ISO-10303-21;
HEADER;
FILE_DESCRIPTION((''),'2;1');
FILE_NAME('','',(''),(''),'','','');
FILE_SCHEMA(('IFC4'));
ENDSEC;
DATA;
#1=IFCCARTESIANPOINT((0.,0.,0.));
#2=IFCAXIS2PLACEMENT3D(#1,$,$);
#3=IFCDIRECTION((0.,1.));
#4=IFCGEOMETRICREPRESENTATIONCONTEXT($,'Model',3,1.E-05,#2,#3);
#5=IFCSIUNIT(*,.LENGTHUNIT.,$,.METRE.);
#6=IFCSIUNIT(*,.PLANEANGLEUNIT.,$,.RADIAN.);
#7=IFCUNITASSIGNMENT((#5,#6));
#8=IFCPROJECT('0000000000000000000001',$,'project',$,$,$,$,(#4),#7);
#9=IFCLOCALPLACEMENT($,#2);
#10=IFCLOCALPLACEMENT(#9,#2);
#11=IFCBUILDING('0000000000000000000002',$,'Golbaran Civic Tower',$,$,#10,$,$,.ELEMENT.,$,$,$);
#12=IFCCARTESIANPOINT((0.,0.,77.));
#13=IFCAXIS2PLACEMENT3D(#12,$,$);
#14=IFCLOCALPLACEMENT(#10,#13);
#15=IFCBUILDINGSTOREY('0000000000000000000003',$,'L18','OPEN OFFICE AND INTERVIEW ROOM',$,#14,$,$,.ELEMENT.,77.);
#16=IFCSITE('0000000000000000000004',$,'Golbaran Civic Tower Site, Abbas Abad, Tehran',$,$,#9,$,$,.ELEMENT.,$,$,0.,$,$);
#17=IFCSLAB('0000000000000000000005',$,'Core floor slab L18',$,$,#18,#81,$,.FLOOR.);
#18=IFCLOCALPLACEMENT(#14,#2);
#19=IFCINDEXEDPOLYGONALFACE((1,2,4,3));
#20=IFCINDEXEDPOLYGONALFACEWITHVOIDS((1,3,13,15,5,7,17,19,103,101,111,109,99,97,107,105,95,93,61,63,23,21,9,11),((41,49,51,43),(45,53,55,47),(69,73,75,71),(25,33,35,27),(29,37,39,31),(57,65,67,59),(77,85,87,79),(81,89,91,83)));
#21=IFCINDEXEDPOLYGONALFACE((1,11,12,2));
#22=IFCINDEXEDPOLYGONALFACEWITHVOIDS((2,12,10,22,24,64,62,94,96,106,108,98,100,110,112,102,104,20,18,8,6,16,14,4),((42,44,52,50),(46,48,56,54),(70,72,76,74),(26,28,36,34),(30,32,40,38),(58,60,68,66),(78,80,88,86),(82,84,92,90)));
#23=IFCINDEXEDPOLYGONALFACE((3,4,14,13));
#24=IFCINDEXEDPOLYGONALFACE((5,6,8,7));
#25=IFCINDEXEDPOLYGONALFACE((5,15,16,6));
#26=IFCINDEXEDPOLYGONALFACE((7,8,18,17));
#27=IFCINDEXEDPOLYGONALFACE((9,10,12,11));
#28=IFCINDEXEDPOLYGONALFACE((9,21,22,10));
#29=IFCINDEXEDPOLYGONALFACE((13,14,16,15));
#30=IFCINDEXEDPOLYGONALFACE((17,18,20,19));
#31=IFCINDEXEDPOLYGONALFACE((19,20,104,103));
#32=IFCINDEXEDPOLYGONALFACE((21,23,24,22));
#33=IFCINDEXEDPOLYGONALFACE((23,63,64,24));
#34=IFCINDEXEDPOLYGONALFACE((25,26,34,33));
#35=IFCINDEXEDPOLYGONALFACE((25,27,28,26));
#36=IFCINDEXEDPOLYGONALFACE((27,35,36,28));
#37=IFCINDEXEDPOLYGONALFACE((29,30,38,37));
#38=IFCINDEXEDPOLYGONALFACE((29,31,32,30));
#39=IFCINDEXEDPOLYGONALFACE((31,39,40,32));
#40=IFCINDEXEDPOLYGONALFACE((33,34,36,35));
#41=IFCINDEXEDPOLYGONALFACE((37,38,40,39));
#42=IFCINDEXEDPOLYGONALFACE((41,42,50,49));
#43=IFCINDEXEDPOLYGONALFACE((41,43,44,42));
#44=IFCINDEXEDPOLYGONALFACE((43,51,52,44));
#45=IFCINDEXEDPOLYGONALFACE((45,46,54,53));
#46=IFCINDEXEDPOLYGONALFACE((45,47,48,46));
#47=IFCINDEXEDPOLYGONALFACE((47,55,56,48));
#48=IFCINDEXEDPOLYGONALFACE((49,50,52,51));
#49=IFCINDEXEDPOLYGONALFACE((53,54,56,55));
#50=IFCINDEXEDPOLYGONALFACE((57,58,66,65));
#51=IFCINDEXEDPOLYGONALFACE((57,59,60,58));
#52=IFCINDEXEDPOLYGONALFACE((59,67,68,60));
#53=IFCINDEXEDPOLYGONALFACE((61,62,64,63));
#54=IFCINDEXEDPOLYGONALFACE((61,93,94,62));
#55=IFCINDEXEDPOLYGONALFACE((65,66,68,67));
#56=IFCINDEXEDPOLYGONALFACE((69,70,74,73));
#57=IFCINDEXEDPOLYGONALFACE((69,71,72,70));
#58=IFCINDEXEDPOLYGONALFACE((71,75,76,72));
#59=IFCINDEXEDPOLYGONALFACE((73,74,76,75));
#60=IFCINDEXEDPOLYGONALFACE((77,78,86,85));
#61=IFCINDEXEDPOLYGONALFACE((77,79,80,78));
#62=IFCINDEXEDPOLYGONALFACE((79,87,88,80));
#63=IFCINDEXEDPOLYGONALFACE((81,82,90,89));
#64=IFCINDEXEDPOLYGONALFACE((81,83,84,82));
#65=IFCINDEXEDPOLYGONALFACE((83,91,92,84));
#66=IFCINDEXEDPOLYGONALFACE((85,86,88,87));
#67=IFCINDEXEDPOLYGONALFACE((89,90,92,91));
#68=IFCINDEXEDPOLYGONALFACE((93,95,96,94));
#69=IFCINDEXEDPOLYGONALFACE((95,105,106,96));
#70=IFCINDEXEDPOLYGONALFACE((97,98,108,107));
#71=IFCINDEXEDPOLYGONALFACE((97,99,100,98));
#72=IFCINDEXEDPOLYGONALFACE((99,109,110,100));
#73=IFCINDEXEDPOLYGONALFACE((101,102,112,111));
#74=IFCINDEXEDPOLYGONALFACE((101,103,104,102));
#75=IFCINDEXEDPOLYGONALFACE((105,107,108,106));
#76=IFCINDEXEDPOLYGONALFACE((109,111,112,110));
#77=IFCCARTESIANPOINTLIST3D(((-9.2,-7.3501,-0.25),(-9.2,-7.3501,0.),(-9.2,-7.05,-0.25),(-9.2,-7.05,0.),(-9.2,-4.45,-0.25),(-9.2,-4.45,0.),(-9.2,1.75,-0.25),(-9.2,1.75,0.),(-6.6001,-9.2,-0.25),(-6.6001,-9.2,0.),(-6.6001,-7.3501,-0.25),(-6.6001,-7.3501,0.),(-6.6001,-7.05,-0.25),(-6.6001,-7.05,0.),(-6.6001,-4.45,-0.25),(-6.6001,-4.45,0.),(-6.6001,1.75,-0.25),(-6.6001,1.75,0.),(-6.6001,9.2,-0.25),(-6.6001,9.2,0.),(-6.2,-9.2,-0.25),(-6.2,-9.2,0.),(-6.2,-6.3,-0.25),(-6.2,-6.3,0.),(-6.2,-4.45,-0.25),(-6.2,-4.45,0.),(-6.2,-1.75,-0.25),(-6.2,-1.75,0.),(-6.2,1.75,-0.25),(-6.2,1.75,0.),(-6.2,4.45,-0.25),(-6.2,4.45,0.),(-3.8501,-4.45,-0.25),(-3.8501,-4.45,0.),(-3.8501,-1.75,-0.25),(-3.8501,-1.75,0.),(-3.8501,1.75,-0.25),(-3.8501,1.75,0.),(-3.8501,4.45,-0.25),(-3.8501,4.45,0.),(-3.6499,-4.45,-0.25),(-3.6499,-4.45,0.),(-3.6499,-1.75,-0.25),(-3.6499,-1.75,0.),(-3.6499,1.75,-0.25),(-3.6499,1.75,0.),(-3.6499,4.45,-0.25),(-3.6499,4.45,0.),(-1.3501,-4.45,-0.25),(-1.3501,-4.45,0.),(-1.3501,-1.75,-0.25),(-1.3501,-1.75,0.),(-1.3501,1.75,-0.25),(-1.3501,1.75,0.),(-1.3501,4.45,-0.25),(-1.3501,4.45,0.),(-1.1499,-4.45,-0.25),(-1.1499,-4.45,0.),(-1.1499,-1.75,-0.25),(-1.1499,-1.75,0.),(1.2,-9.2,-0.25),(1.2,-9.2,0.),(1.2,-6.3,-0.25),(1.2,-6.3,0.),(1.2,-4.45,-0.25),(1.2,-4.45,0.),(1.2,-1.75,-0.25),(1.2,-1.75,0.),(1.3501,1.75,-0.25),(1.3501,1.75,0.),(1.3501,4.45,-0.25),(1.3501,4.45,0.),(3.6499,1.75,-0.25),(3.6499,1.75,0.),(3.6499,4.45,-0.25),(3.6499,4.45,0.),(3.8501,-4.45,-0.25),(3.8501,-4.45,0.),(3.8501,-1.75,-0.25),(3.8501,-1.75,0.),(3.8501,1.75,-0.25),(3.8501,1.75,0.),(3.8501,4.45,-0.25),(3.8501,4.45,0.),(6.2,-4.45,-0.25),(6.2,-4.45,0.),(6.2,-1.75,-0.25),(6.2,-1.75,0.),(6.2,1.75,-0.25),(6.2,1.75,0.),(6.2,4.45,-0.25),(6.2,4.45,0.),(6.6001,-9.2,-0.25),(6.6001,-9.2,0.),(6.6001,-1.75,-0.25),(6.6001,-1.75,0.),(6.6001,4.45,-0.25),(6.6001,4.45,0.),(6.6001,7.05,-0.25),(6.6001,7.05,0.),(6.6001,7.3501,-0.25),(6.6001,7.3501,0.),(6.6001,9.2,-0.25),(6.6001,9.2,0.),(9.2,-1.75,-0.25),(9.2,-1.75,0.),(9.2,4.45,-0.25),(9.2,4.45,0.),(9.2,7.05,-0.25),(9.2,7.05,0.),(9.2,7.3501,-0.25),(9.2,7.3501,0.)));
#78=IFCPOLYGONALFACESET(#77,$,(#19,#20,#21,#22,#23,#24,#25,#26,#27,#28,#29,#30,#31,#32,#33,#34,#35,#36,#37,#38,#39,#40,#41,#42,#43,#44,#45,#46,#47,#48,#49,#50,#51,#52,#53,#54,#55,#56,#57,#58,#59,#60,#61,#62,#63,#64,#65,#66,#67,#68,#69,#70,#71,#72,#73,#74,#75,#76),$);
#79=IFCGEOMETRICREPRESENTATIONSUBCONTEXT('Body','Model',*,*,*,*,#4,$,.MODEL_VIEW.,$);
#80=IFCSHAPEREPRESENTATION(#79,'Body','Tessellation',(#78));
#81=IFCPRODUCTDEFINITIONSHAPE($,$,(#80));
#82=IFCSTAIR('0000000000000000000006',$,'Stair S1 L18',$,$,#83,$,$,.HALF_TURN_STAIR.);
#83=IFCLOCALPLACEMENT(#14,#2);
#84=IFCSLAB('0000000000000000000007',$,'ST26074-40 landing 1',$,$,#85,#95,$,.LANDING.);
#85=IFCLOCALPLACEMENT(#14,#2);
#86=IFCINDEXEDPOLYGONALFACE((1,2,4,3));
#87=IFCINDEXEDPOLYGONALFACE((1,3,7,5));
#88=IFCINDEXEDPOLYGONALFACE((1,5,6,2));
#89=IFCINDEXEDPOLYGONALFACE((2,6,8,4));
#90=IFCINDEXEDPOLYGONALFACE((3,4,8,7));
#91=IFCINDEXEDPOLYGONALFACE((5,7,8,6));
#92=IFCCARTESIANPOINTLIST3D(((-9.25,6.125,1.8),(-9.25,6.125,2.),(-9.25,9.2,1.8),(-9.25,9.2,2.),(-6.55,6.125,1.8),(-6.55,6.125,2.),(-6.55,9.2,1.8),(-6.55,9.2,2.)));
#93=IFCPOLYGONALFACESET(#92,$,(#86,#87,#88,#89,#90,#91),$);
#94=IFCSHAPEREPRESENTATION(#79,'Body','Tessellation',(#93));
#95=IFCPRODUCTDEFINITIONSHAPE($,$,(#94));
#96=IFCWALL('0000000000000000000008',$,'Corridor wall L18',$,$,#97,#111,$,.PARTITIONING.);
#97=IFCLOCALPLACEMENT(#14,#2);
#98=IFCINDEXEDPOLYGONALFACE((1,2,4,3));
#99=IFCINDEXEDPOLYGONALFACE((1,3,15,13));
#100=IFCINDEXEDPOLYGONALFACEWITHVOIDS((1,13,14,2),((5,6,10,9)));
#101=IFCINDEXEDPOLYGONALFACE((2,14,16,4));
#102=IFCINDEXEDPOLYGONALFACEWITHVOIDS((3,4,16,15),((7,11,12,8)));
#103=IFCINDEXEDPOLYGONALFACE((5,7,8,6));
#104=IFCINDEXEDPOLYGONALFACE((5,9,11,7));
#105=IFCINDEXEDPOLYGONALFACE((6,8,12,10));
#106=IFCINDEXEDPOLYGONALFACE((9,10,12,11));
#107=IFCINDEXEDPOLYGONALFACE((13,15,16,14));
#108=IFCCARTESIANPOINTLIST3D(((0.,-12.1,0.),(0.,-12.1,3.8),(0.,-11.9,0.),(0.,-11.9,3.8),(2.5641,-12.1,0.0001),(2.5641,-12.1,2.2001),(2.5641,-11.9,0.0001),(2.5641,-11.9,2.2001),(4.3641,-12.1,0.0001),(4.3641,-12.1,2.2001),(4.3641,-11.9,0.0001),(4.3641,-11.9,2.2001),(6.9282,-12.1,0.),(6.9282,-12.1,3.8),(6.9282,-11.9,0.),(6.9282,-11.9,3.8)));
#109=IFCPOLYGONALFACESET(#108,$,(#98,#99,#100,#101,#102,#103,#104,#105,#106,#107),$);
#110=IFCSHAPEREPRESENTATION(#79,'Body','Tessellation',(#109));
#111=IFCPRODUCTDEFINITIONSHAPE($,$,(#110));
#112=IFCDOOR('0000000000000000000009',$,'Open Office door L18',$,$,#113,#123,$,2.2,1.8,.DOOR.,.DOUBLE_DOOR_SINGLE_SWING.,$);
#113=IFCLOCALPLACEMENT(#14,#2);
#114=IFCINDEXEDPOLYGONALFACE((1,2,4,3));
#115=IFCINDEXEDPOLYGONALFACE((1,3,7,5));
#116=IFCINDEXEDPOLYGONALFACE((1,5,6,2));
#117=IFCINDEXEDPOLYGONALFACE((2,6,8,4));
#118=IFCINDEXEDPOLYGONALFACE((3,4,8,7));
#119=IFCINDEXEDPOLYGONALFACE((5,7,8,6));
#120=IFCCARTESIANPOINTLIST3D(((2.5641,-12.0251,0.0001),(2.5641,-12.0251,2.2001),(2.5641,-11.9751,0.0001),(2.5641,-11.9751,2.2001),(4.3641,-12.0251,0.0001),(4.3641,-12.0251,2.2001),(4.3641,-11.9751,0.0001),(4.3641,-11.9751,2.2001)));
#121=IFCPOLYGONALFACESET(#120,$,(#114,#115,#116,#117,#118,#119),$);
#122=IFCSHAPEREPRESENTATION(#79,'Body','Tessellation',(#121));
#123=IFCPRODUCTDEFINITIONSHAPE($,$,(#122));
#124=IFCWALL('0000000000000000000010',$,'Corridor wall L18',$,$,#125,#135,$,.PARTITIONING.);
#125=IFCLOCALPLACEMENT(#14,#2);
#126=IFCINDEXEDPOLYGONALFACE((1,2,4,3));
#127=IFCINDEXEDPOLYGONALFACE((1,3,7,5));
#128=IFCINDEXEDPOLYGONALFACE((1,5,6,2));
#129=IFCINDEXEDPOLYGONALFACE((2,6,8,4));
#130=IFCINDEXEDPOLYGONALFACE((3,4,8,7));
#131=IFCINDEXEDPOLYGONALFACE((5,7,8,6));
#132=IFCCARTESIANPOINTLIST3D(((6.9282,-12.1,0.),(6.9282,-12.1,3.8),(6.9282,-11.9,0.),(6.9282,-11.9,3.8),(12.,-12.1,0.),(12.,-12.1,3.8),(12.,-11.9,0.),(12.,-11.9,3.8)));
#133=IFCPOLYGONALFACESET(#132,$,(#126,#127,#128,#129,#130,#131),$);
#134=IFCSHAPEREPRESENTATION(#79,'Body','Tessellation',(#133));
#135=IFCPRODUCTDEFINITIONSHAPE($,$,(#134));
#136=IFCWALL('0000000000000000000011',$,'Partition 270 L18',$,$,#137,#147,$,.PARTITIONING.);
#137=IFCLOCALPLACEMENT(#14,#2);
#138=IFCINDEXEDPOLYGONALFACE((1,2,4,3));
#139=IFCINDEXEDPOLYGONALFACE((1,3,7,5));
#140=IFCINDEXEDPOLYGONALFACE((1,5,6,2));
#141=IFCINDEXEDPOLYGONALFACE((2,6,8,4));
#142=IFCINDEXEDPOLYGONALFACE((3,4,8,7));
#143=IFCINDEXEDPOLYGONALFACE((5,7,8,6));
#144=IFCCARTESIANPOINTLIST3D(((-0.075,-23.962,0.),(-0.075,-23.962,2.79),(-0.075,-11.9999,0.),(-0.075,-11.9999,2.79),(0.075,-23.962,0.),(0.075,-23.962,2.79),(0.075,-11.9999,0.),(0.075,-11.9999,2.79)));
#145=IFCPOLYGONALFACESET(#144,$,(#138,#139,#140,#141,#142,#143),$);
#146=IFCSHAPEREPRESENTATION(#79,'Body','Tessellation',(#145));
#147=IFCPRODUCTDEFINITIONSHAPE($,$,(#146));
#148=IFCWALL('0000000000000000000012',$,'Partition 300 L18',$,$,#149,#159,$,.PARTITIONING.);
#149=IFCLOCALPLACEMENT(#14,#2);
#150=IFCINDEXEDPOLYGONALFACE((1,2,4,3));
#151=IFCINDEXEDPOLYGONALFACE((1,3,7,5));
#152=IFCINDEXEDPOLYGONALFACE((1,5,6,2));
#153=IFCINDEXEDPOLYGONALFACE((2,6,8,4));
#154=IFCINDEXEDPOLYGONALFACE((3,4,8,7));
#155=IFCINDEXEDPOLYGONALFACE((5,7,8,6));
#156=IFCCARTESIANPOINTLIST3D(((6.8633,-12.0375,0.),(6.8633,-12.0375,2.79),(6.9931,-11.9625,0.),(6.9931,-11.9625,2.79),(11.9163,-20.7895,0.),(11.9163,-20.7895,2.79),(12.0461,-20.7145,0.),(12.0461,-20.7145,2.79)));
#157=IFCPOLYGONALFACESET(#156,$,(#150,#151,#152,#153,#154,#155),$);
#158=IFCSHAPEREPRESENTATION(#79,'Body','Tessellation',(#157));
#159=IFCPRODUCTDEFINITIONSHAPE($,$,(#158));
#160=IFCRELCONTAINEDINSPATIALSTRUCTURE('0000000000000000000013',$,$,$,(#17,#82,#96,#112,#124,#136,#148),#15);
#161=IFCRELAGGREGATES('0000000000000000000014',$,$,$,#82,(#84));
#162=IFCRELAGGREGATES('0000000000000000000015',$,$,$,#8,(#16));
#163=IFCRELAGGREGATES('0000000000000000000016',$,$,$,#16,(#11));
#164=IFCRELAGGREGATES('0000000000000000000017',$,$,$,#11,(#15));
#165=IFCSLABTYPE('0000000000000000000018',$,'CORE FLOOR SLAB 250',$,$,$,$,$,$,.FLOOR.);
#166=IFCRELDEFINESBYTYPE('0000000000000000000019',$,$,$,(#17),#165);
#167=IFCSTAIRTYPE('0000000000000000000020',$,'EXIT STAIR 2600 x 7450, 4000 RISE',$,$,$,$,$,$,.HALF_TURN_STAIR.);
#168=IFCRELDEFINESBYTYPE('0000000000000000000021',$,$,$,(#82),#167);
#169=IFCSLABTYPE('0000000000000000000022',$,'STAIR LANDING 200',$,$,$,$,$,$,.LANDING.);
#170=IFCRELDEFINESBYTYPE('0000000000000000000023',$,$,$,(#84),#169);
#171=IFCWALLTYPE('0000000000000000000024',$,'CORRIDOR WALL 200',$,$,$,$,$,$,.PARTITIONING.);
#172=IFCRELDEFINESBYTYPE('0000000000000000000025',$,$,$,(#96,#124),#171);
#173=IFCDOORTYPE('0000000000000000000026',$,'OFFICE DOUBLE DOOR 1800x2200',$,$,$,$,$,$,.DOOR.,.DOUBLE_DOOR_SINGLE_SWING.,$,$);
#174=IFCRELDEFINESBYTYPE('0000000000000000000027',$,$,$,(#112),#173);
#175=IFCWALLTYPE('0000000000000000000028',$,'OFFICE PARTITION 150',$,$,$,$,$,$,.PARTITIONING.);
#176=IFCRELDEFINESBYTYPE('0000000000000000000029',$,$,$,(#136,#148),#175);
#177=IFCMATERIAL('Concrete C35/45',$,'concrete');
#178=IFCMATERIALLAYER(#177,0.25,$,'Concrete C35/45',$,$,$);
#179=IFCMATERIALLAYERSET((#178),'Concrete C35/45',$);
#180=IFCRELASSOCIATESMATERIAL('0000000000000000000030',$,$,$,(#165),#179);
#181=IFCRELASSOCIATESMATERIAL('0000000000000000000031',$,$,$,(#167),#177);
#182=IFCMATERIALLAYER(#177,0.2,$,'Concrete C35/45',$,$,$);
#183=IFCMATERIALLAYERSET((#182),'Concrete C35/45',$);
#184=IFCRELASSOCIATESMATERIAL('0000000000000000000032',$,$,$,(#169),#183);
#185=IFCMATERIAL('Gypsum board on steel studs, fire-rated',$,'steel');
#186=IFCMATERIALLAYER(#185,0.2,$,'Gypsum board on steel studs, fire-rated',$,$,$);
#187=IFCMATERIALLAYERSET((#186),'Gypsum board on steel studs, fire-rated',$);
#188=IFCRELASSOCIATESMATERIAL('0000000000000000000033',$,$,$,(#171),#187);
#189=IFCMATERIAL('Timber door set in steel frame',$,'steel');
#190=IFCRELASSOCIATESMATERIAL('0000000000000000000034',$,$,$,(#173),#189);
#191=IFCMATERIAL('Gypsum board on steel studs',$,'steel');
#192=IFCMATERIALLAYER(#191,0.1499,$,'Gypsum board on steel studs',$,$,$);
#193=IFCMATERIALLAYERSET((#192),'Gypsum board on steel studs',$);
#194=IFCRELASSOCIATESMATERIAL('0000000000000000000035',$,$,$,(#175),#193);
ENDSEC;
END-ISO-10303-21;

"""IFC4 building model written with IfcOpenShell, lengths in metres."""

from ifc_helpers import new_model, si_unit, direction, frame, frame_2d, origin, place, context, subcontext, project, spatial, polyline, rectangle, outline, extrude, material, layer, layer_set, type_object, element, fill, aggregate, save


model = new_model("IFC4")

# Units and contexts
model_context = context("Model", 3, precision=1e-05, world=origin(), true_north=direction((0.0, 1.0)))
body_context = subcontext(model_context, "Body", "Model", "MODEL_VIEW")
ifc_project = project(units=[si_unit("LENGTHUNIT", "METRE"), si_unit("PLANEANGLEUNIT", "RADIAN")], contexts=[model_context])

# Site, building, storey
site_placement = place(None, origin())
site = spatial("IfcSite", under=ifc_project, at=site_placement, Name="Golbaran Civic Tower Site, Abbas Abad, Tehran", CompositionType="ELEMENT", RefElevation=0.0)
building_placement = place(site_placement, origin())
building = spatial("IfcBuilding", under=site, at=building_placement, Name="Golbaran Civic Tower", CompositionType="ELEMENT")
storey_placement = place(building_placement, frame((0.0, 0.0, 77.0)))
storey = spatial("IfcBuildingStorey", under=building, at=storey_placement, Name="L18", Description="OPEN OFFICE AND INTERVIEW ROOM", CompositionType="ELEMENT", Elevation=77.0)

# Slab
ifc_material_1 = material(Name="Concrete C35/45", Category="concrete")
ifc_layer_1 = layer(ifc_material_1, 0.25, Name="Concrete C35/45")
ifc_layer_set_1 = layer_set([ifc_layer_1], Name="Concrete C35/45")
slab_type_1 = type_object("IfcSlabType", Name="CORE FLOOR SLAB 250", PredefinedType="FLOOR", material=ifc_layer_set_1)
slab_1_placement = place(storey_placement, frame((0.0, 0.0, -0.25)))
element("IfcSlab", 1, at=slab_1_placement, inside=storey, type_object=slab_type_1, Name="Core floor slab L18", PredefinedType="FLOOR", context=body_context, shape_type="SweptSolid", body=[
    extrude(outline(polyline([(6.6001, -1.75), (6.6001, -9.2), (1.2, -9.2), (1.2, -6.3), (-6.2, -6.3), (-6.2, -9.2), (-6.6001, -9.2), (-6.6001, -7.3501), (-9.2, -7.3501), (-9.2, -7.05), (-6.6001, -7.05), (-6.6001, -4.45), (-9.2, -4.45), (-9.2, 1.75), (-6.6001, 1.75), (-6.6001, 9.2), (6.6001, 9.2), (6.6001, 7.3501), (9.2, 7.3501), (9.2, 7.05), (6.6001, 7.05), (6.6001, 4.45), (9.2, 4.45), (9.2, -1.75), (6.6001, -1.75)]), holes=[polyline([(6.2, -1.75), (3.8501, -1.75), (3.8501, -4.45), (6.2, -4.45), (6.2, -1.75)]), polyline([(6.2, 4.45), (3.8501, 4.45), (3.8501, 1.75), (6.2, 1.75), (6.2, 4.45)]), polyline([(3.6499, 4.45), (1.3501, 4.45), (1.3501, 1.75), (3.6499, 1.75), (3.6499, 4.45)]), polyline([(1.2, -1.75), (-1.1499, -1.75), (-1.1499, -4.45), (1.2, -4.45), (1.2, -1.75)]), polyline([(-1.3501, 4.45), (-3.6499, 4.45), (-3.6499, 1.75), (-1.3501, 1.75), (-1.3501, 4.45)]), polyline([(-1.3501, -1.75), (-3.6499, -1.75), (-3.6499, -4.45), (-1.3501, -4.45), (-1.3501, -1.75)]), polyline([(-3.8501, -1.75), (-6.2, -1.75), (-6.2, -4.45), (-3.8501, -4.45), (-3.8501, -1.75)]), polyline([(-3.8501, 4.45), (-6.2, 4.45), (-6.2, 1.75), (-3.8501, 1.75), (-3.8501, 4.45)])]), origin(), (0.0, 0.0, 1.0), 0.25),
])

# Stair, slab
stair_type = type_object("IfcStairType", Name="EXIT STAIR 2600 x 7450, 4000 RISE", PredefinedType="HALF_TURN_STAIR", material=ifc_material_1)
stair_placement = place(storey_placement, origin())
stair = element("IfcStair", 2, at=stair_placement, inside=storey, type_object=stair_type, Name="Stair S1 L18", PredefinedType="HALF_TURN_STAIR")
ifc_layer_2 = layer(ifc_material_1, 0.2, Name="Concrete C35/45")
ifc_layer_set_2 = layer_set([ifc_layer_2], Name="Concrete C35/45")
slab_type_2 = type_object("IfcSlabType", Name="STAIR LANDING 200", PredefinedType="LANDING", material=ifc_layer_set_2)
slab_2_placement = place(storey_placement, frame((0.0, 0.0, 1.8)))
slab_2 = element("IfcSlab", 3, at=slab_2_placement, type_object=slab_type_2, Name="ST26074-40 landing 1", PredefinedType="LANDING", context=body_context, shape_type="SweptSolid", body=[
    extrude(outline(polyline([(-9.25, 6.125), (-9.25, 9.2), (-6.55, 9.2), (-6.55, 6.125), (-9.25, 6.125)])), origin(), (0.0, 0.0, 1.0), 0.2),
])
aggregate(stair, [slab_2])

# Wall, opening, door
ifc_material_2 = material(Name="Gypsum board on steel studs, fire-rated", Category="steel")
ifc_layer_3 = layer(ifc_material_2, 0.2, Name="Gypsum board on steel studs, fire-rated")
ifc_layer_set_3 = layer_set([ifc_layer_3], Name="Gypsum board on steel studs, fire-rated")
wall_type_1 = type_object("IfcWallType", Name="CORRIDOR WALL 200", PredefinedType="PARTITIONING", material=ifc_layer_set_3)
wall_1_placement = place(storey_placement, frame((0.0, -12.0, 0.0), z_axis=(0.0, 0.0, 1.0), x_axis=(1.0, 0.0, 0.0)))
wall_1 = element("IfcWall", 4, at=wall_1_placement, inside=storey, type_object=wall_type_1, Name="Corridor wall L18", PredefinedType="PARTITIONING", context=body_context, shape_type="SweptSolid", body=[
    extrude(rectangle(XDim=6.9282, YDim=0.2, at=frame_2d((3.4641, 0.0))), origin(), (0.0, 0.0, 1.0), 3.8),
])
opening_1_placement = place(wall_1_placement, frame((2.5642, 0.0, 0.0)))
opening_1 = element("IfcOpeningElement", 5, at=opening_1_placement, cuts=wall_1, PredefinedType="OPENING", context=body_context, shape_type="SweptSolid", body=[
    extrude(rectangle(XDim=1.8, YDim=2.2, at=frame_2d((0.8999, 1.1001))), frame((0.0, 0.1099, 0.0), z_axis=(0.0, -1.0, 0.0), x_axis=(1.0, 0.0, 0.0)), (0.0, 0.0, 1.0), 0.22),
])
ifc_material_3 = material(Name="Timber door set in steel frame", Category="steel")
door_type_1 = type_object("IfcDoorType", Name="OFFICE DOUBLE DOOR 1800x2200", OperationType="DOUBLE_DOOR_SINGLE_SWING", PredefinedType="DOOR", material=ifc_material_3)
door_1_placement = place(opening_1_placement, origin())
door_1 = element("IfcDoor", 6, at=door_1_placement, inside=storey, type_object=door_type_1, Name="Open Office door L18", OperationType="DOUBLE_DOOR_SINGLE_SWING", OverallHeight=2.2, OverallWidth=1.8, PredefinedType="DOOR", context=body_context, shape_type="SweptSolid", body=[
    extrude(rectangle(XDim=1.8, YDim=2.2, at=frame_2d((0.8999, 1.1001))), frame((0.0, 0.0249, 0.0), z_axis=(0.0, -1.0, 0.0), x_axis=(1.0, 0.0, 0.0)), (0.0, 0.0, 1.0), 0.05),
])
fill(opening_1, door_1)

# Walls
wall_2_placement = place(storey_placement, frame((6.9282, -12.0, 0.0), z_axis=(0.0, 0.0, 1.0), x_axis=(1.0, 0.0, 0.0)))
element("IfcWall", 7, at=wall_2_placement, inside=storey, type_object=wall_type_1, Name="Corridor wall L18", PredefinedType="PARTITIONING", context=body_context, shape_type="SweptSolid", body=[
    extrude(rectangle(XDim=5.0718, YDim=0.2, at=frame_2d((2.5359, 0.0))), origin(), (0.0, 0.0, 1.0), 3.8),
])
ifc_material_4 = material(Name="Gypsum board on steel studs", Category="steel")
ifc_layer_4 = layer(ifc_material_4, 0.1499, Name="Gypsum board on steel studs")
ifc_layer_set_4 = layer_set([ifc_layer_4], Name="Gypsum board on steel studs")
wall_type_2 = type_object("IfcWallType", Name="OFFICE PARTITION 150", PredefinedType="PARTITIONING", material=ifc_layer_set_4)
wall_3_placement = place(storey_placement, frame((0.0, -12.0, 0.0), z_axis=(0.0, 0.0, 1.0), x_axis=(0.0, -1.0, 0.0)))
element("IfcWall", 8, at=wall_3_placement, inside=storey, type_object=wall_type_2, Name="Partition 270 L18", PredefinedType="PARTITIONING", context=body_context, shape_type="SweptSolid", body=[
    extrude(rectangle(XDim=11.9622, YDim=0.1499, at=frame_2d((5.981, 0.0))), origin(), (0.0, 0.0, 1.0), 2.79),
])
wall_4_placement = place(storey_placement, frame((6.9282, -12.0, 0.0), z_axis=(0.0, 0.0, 1.0), x_axis=(0.500003, -0.866024, 0.0)))
element("IfcWall", 9, at=wall_4_placement, inside=storey, type_object=wall_type_2, Name="Partition 300 L18", PredefinedType="PARTITIONING", context=body_context, shape_type="SweptSolid", body=[
    extrude(rectangle(XDim=10.106, YDim=0.1499, at=frame_2d((5.053, 0.0))), origin(), (0.0, 0.0, 1.0), 2.79),
])

save(model, "model.ifc")
